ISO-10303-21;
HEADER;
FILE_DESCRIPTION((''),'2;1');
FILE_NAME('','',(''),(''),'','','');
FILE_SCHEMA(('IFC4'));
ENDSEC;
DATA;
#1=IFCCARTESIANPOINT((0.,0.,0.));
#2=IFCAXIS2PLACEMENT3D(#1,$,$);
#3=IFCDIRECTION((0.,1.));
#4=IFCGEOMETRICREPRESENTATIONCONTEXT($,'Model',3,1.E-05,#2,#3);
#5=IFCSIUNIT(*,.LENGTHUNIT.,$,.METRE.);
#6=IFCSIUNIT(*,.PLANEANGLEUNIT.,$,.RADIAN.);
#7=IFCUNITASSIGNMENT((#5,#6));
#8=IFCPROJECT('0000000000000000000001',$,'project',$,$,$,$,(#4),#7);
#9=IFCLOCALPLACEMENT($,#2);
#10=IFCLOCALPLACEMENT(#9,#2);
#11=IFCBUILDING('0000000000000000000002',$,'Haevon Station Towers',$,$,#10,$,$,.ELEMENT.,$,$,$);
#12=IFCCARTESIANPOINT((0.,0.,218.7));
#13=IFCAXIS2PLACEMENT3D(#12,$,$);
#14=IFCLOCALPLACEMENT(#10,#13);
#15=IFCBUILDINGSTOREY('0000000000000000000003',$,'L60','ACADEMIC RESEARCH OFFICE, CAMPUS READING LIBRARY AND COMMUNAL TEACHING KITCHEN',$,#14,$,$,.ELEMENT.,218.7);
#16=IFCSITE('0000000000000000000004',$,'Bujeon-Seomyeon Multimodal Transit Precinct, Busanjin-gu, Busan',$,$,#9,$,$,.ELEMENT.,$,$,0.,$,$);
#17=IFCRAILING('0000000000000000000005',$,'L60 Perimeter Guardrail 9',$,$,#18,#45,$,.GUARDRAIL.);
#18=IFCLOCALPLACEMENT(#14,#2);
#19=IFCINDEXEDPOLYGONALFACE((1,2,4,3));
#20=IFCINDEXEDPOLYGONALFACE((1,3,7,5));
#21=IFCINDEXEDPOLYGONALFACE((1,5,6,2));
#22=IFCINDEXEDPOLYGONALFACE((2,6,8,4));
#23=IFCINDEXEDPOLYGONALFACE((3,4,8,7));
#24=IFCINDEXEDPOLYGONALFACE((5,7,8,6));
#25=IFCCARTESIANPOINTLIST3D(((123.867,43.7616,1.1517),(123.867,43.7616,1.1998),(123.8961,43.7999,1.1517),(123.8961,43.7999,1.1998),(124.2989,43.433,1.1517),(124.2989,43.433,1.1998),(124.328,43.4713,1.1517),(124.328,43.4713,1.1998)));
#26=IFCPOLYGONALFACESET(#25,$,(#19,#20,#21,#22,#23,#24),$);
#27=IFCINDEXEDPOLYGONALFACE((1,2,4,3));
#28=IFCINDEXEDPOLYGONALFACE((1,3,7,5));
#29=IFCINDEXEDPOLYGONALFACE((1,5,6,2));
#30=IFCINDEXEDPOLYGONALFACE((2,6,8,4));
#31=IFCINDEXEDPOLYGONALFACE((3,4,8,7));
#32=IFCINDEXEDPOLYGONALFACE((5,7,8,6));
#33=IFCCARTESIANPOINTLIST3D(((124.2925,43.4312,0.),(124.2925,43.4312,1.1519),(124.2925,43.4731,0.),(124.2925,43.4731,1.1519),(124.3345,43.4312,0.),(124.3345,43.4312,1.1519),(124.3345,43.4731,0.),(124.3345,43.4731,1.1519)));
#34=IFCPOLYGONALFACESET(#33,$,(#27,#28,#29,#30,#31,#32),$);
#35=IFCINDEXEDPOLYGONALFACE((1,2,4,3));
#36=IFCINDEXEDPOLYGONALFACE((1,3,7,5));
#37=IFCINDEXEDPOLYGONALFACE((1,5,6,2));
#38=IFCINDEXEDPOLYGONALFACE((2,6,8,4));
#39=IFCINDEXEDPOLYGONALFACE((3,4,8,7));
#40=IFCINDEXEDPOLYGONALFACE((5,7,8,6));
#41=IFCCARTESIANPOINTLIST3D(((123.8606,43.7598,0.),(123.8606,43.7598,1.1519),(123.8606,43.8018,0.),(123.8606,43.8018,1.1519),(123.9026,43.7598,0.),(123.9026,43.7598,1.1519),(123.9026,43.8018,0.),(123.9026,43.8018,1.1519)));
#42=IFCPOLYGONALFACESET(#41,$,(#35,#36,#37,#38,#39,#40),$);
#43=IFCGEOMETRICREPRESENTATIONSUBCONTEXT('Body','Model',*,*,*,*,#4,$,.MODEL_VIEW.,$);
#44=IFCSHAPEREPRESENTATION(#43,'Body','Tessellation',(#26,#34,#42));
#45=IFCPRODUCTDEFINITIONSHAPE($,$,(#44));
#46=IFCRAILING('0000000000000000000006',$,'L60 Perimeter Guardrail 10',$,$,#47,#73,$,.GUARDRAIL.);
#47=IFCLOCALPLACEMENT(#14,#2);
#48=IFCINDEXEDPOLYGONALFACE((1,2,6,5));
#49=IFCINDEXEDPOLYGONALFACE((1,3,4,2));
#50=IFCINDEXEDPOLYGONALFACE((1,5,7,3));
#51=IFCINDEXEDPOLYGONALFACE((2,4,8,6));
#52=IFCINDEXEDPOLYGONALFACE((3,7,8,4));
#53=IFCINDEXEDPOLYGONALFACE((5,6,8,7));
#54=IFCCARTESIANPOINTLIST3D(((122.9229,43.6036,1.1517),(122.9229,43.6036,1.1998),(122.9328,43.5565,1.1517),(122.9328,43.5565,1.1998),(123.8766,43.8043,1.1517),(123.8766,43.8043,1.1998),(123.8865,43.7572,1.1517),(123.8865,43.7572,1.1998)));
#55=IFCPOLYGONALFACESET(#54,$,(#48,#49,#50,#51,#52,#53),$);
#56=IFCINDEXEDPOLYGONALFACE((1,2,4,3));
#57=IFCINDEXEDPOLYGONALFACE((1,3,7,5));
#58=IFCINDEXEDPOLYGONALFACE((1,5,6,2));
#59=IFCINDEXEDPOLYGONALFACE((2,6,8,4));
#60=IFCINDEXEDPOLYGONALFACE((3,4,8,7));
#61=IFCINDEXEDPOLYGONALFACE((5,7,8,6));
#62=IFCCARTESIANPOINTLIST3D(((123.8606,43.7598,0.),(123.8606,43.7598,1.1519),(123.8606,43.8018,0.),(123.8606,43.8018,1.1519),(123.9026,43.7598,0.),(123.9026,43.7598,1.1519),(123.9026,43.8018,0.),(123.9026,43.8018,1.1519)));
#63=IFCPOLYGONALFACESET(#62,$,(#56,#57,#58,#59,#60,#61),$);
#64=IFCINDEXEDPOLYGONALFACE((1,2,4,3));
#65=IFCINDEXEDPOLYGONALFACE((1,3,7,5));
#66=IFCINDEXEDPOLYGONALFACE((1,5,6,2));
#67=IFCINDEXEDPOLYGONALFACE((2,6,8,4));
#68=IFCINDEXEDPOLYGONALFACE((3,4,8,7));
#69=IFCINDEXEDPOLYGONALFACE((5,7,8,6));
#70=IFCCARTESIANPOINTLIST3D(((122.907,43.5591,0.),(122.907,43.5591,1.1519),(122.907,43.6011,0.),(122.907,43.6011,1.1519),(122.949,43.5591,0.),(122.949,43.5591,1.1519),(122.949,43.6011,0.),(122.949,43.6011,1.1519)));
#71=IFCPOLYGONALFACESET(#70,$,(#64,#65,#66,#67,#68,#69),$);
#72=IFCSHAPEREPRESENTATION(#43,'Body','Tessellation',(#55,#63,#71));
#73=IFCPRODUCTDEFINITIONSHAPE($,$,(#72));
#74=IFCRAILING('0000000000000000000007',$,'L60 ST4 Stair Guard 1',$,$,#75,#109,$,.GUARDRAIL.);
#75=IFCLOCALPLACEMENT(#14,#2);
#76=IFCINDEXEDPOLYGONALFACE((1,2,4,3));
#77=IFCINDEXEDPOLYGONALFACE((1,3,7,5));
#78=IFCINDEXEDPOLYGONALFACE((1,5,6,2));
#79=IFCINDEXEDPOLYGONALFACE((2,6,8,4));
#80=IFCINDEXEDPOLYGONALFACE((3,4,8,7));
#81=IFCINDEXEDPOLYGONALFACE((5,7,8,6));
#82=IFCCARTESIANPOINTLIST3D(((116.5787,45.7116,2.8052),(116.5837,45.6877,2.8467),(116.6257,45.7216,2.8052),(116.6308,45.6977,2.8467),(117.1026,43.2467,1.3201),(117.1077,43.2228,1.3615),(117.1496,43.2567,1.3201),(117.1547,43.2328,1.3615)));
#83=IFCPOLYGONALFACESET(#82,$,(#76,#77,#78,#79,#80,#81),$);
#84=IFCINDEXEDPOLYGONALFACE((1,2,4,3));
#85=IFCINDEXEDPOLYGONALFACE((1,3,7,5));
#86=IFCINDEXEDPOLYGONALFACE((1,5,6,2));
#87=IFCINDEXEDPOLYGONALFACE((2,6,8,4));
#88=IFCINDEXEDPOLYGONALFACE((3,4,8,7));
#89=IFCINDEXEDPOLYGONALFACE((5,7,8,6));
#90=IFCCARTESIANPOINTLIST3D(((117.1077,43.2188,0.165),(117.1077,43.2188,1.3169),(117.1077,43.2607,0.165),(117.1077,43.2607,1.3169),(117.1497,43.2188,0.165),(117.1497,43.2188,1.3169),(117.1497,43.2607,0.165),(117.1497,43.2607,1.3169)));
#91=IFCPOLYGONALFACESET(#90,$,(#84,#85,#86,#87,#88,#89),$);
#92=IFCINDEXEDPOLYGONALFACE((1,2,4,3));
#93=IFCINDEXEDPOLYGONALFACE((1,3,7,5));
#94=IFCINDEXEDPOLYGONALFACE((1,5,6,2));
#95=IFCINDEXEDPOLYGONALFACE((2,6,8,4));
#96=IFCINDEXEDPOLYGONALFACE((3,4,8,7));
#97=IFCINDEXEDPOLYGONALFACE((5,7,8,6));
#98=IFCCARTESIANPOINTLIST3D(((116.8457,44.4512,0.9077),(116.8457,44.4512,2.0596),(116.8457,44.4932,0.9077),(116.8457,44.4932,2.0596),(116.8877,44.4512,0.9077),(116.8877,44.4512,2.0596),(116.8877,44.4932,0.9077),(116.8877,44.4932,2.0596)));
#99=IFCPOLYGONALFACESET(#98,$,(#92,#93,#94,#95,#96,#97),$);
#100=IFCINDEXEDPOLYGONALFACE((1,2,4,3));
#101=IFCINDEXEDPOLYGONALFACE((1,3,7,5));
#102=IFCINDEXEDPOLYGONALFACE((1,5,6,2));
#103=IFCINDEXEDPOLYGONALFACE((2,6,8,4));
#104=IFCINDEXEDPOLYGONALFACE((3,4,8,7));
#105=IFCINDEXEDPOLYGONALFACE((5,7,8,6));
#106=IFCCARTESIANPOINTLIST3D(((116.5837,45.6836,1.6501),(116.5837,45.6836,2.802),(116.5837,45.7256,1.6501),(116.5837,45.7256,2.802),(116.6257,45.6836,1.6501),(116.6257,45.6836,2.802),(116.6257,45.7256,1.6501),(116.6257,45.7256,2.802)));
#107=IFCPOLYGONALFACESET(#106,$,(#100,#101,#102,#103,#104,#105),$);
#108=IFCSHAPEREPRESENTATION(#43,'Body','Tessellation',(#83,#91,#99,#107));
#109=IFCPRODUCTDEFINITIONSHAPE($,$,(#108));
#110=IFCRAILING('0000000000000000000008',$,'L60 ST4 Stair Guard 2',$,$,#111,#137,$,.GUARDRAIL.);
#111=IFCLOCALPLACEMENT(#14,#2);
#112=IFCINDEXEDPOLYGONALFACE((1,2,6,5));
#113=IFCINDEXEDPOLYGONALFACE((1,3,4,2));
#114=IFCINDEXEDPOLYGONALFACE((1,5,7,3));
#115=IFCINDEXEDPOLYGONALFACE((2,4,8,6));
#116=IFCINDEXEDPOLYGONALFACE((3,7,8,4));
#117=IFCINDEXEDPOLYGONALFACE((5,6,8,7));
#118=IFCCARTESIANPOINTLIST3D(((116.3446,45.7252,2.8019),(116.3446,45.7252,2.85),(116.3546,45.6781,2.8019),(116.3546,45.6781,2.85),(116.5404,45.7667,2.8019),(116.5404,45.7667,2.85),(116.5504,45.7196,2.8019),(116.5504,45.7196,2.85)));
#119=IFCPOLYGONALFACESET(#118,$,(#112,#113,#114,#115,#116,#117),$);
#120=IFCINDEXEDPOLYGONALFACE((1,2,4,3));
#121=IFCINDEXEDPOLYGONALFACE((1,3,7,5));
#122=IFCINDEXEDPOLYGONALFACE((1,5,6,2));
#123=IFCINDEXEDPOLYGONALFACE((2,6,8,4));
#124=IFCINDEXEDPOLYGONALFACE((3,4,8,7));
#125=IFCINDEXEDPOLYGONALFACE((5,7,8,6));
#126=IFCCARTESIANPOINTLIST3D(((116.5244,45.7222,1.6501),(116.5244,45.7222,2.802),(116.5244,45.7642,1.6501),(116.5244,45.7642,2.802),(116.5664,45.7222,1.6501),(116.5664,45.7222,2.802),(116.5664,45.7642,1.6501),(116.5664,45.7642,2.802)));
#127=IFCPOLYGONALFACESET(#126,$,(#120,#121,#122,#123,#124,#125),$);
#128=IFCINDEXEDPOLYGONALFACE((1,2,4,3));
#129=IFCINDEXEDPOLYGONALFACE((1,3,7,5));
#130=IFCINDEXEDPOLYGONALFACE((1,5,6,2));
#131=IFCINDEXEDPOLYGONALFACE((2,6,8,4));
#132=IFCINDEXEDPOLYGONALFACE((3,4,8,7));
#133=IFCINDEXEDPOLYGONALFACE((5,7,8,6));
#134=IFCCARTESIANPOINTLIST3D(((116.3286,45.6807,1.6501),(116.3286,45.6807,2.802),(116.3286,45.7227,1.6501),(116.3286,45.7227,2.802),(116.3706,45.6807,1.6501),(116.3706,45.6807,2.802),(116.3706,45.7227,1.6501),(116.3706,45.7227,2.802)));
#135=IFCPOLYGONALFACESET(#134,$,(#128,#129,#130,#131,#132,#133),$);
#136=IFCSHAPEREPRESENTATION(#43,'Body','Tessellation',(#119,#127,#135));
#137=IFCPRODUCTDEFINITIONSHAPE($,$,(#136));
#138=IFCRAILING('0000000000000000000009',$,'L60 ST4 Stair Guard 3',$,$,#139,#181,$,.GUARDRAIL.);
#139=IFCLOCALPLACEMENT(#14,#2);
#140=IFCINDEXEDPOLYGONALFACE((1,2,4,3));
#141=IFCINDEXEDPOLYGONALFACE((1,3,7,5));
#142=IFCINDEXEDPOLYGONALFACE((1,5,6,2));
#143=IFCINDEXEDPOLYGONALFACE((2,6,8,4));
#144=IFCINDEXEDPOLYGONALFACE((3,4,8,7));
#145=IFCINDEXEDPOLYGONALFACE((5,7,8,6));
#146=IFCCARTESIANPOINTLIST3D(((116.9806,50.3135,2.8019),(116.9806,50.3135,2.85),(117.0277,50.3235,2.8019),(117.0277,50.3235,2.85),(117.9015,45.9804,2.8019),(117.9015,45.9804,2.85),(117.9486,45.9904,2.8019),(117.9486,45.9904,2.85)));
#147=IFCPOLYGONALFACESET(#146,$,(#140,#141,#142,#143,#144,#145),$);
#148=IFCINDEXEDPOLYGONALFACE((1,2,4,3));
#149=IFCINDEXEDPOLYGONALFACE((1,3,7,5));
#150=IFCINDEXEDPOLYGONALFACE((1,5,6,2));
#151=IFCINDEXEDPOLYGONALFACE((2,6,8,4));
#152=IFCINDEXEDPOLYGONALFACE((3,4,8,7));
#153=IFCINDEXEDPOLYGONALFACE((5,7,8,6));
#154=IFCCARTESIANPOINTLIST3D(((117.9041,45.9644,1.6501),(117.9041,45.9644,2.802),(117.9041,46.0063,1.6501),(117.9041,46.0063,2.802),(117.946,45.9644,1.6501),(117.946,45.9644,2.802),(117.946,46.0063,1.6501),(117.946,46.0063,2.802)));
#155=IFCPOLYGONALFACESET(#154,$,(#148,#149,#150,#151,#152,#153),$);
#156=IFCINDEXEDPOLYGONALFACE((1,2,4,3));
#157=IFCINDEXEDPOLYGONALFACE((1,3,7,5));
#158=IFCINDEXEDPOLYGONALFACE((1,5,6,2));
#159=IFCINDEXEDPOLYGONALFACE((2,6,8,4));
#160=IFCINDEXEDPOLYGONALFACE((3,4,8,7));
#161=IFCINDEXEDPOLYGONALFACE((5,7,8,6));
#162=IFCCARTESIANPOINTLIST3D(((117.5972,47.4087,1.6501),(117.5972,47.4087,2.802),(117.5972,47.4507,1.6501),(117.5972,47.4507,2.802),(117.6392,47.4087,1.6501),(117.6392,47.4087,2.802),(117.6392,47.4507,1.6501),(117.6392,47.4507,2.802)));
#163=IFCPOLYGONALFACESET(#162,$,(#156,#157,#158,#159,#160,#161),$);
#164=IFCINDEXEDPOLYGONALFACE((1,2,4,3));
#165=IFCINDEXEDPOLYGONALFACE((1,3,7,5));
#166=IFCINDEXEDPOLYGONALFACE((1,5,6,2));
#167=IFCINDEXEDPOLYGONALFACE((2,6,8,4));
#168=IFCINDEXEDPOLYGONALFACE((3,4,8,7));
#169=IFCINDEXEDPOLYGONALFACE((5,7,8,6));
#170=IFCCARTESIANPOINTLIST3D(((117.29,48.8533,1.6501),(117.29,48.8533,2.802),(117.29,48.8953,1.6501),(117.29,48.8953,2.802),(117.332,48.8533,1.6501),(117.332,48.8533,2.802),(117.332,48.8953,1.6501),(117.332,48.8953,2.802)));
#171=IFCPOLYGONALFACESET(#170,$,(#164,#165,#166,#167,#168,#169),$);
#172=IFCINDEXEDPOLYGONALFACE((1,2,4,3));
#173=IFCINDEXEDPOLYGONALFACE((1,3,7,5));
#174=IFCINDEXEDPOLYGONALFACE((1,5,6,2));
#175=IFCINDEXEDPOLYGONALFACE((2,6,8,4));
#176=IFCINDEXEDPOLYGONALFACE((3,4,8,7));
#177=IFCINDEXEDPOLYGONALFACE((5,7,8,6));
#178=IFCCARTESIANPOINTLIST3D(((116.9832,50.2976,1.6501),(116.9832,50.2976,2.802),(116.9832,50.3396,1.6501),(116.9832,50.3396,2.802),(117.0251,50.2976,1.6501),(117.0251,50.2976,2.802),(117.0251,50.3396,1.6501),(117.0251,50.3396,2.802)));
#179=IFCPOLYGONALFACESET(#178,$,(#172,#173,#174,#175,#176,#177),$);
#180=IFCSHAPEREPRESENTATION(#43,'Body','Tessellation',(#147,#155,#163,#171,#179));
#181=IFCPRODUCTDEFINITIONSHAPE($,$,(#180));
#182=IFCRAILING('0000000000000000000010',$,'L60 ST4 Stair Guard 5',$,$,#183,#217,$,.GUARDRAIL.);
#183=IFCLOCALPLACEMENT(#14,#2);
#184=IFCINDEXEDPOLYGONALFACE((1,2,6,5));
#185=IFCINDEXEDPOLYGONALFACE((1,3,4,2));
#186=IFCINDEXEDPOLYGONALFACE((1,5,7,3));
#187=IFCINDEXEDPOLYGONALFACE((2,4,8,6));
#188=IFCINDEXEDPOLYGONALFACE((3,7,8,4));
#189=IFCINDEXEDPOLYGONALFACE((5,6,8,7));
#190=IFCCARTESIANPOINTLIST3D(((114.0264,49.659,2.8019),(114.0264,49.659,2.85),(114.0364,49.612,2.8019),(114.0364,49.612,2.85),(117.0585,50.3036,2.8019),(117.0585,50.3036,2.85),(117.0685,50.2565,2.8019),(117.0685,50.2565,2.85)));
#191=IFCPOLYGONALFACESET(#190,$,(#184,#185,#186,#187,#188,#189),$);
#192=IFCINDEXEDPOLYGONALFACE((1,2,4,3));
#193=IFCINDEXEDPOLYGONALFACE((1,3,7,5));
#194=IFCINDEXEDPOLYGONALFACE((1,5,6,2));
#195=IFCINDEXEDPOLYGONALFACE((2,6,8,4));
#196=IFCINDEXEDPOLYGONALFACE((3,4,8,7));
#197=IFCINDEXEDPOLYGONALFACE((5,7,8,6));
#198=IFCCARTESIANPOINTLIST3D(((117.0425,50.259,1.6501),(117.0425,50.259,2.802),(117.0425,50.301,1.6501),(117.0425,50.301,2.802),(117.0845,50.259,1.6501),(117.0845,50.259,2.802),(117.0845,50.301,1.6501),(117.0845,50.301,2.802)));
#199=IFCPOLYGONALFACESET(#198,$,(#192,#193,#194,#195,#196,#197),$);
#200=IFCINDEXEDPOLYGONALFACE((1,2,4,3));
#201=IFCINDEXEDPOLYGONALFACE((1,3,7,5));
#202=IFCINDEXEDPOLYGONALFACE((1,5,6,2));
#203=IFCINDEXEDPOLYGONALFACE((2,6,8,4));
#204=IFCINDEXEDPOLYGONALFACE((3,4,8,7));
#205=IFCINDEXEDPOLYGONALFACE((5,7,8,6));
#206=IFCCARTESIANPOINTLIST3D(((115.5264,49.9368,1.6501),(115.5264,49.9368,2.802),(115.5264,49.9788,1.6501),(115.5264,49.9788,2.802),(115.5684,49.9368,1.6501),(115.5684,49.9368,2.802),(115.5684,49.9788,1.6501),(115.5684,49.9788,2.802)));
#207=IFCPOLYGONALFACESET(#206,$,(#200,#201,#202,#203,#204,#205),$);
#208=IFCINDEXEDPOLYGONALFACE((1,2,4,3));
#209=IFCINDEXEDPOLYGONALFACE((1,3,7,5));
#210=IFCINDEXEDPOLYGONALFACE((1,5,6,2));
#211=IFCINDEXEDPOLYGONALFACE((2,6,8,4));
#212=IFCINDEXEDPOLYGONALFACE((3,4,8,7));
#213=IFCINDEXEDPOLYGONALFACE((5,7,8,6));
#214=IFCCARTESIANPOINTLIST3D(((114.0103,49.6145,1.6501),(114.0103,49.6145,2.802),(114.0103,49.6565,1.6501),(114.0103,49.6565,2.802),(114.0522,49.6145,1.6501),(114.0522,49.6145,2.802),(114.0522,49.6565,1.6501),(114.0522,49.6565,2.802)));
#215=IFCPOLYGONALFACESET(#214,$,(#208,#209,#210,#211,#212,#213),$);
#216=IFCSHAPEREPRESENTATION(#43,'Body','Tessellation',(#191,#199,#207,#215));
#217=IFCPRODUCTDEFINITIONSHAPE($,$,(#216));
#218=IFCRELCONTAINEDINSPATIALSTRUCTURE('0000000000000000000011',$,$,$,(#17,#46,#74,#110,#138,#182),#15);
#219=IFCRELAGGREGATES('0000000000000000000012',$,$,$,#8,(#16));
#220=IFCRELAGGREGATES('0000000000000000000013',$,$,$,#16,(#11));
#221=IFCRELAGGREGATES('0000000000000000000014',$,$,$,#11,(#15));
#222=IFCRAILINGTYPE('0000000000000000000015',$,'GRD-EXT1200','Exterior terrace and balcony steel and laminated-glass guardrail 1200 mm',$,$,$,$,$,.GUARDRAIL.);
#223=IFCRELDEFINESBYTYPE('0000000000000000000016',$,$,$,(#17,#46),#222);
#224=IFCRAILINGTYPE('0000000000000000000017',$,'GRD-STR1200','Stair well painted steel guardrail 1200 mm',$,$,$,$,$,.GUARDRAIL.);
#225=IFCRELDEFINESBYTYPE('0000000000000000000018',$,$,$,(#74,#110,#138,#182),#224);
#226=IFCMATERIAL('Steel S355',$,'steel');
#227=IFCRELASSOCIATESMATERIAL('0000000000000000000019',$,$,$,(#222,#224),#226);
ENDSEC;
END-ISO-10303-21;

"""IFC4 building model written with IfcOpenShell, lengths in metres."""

from ifc_helpers import new_model, si_unit, direction, frame, origin, origin_2d, place, context, subcontext, project, spatial, rectangle, extrude, material, type_object, element, save


model = new_model("IFC4")

# Units and contexts
model_context = context("Model", 3, precision=1e-05, world=origin(), true_north=direction((0.0, 1.0)))
body_context = subcontext(model_context, "Body", "Model", "MODEL_VIEW")
ifc_project = project(units=[si_unit("LENGTHUNIT", "METRE"), si_unit("PLANEANGLEUNIT", "RADIAN")], contexts=[model_context])

# Site, building, storey
site_placement = place(None, origin())
site = spatial("IfcSite", under=ifc_project, at=site_placement, Name="Bujeon-Seomyeon Multimodal Transit Precinct, Busanjin-gu, Busan", CompositionType="ELEMENT", RefElevation=0.0)
building_placement = place(site_placement, origin())
building = spatial("IfcBuilding", under=site, at=building_placement, Name="Haevon Station Towers", CompositionType="ELEMENT")
storey_placement = place(building_placement, frame((0.0, 0.0, 218.7)))
storey = spatial("IfcBuildingStorey", under=building, at=storey_placement, Name="L60", Description="ACADEMIC RESEARCH OFFICE, CAMPUS READING LIBRARY AND COMMUNAL TEACHING KITCHEN", CompositionType="ELEMENT", Elevation=218.7)

# Shared definitions
ifc_material_1 = material(Name="Steel S355", Category="steel")

# Railings
railing_type_1 = type_object("IfcRailingType", Name="GRD-EXT1200", Description="Exterior terrace and balcony steel and laminated-glass guardrail 1200 mm", PredefinedType="GUARDRAIL", material=ifc_material_1)
railing_1_placement = place(storey_placement, frame((124.3135, 43.4521, 0.0)))
element("IfcRailing", 1, at=railing_1_placement, inside=storey, type_object=railing_type_1, Name="L60 Perimeter Guardrail 9", PredefinedType="GUARDRAIL", context=body_context, shape_type="SweptSolid", body=[
    extrude(rectangle(XDim=0.0481, YDim=0.0481, at=origin_2d()), frame((0.0, 0.0, 1.1758), z_axis=(-0.795824, 0.605528, 0.0), x_axis=(-0.605528, -0.795824, 0.0)), (0.0, 0.0, 1.0), 0.5427),
    extrude(rectangle(XDim=0.042, YDim=0.042, at=origin_2d()), origin(), (0.0, 0.0, 1.0), 1.1519),
    extrude(rectangle(XDim=0.042, YDim=0.042, at=origin_2d()), frame((-0.4319, 0.3286, 0.0)), (0.0, 0.0, 1.0), 1.1519),
])
railing_2_placement = place(storey_placement, frame((123.8816, 43.7808, 0.0)))
element("IfcRailing", 2, at=railing_2_placement, inside=storey, type_object=railing_type_1, Name="L60 Perimeter Guardrail 10", PredefinedType="GUARDRAIL", context=body_context, shape_type="SweptSolid", body=[
    extrude(rectangle(XDim=0.0481, YDim=0.0481, at=origin_2d()), frame((0.0, 0.0, 1.1758), z_axis=(-0.978566, -0.205935, 0.0), x_axis=(0.205935, -0.978566, 0.0)), (0.0, 0.0, 1.0), 0.9746),
    extrude(rectangle(XDim=0.042, YDim=0.042, at=origin_2d()), origin(), (0.0, 0.0, 1.0), 1.1519),
    extrude(rectangle(XDim=0.042, YDim=0.042, at=origin_2d()), frame((-0.9536, -0.2007, 0.0)), (0.0, 0.0, 1.0), 1.1519),
])
railing_type_2 = type_object("IfcRailingType", Name="GRD-STR1200", Description="Stair well painted steel guardrail 1200 mm", PredefinedType="GUARDRAIL", material=ifc_material_1)
railing_3_placement = place(storey_placement, frame((117.1287, 43.2397, 0.165)))
element("IfcRailing", 3, at=railing_3_placement, inside=storey, type_object=railing_type_2, Name="L60 ST4 Stair Guard 1", PredefinedType="GUARDRAIL", context=body_context, shape_type="SweptSolid", body=[
    extrude(rectangle(XDim=0.0481, YDim=0.0481, at=origin_2d()), frame((0.0, 0.0, 1.1758), z_axis=(-0.179121, 0.842688, 0.507733), x_axis=(-0.978147, -0.207914, 0.0)), (0.0, 0.0, 1.0), 2.925),
    extrude(rectangle(XDim=0.042, YDim=0.042, at=origin_2d()), origin(), (0.0, 0.0, 1.0), 1.1519),
    extrude(rectangle(XDim=0.042, YDim=0.042, at=origin_2d()), frame((-0.262, 1.2324, 0.7427)), (0.0, 0.0, 1.0), 1.1519),
    extrude(rectangle(XDim=0.042, YDim=0.042, at=origin_2d()), frame((-0.5239, 2.4648, 1.4851)), (0.0, 0.0, 1.0), 1.1519),
])
railing_4_placement = place(storey_placement, frame((116.5454, 45.7432, 1.6501)))
element("IfcRailing", 4, at=railing_4_placement, inside=storey, type_object=railing_type_2, Name="L60 ST4 Stair Guard 2", PredefinedType="GUARDRAIL", context=body_context, shape_type="SweptSolid", body=[
    extrude(rectangle(XDim=0.0481, YDim=0.0481, at=origin_2d()), frame((0.0, 0.0, 1.1758), z_axis=(-0.978264, -0.207363, 0.0), x_axis=(0.207363, -0.978264, 0.0)), (0.0, 0.0, 1.0), 0.2002),
    extrude(rectangle(XDim=0.042, YDim=0.042, at=origin_2d()), origin(), (0.0, 0.0, 1.0), 1.1519),
    extrude(rectangle(XDim=0.042, YDim=0.042, at=origin_2d()), frame((-0.1958, -0.0415, 0.0)), (0.0, 0.0, 1.0), 1.1519),
])
railing_5_placement = place(storey_placement, frame((117.925, 45.9854, 1.6501)))
element("IfcRailing", 5, at=railing_5_placement, inside=storey, type_object=railing_type_2, Name="L60 ST4 Stair Guard 3", PredefinedType="GUARDRAIL", context=body_context, shape_type="SweptSolid", body=[
    extrude(rectangle(XDim=0.0481, YDim=0.0481, at=origin_2d()), frame((0.0, 0.0, 1.1758), z_axis=(-0.207877, 0.978155, 0.0), x_axis=(-0.978155, -0.207877, 0.0)), (0.0, 0.0, 1.0), 4.4299),
    extrude(rectangle(XDim=0.042, YDim=0.042, at=origin_2d()), origin(), (0.0, 0.0, 1.0), 1.1519),
    extrude(rectangle(XDim=0.042, YDim=0.042, at=origin_2d()), frame((-0.3069, 1.4443, 0.0)), (0.0, 0.0, 1.0), 1.1519),
    extrude(rectangle(XDim=0.042, YDim=0.042, at=origin_2d()), frame((-0.614, 2.8889, 0.0)), (0.0, 0.0, 1.0), 1.1519),
    extrude(rectangle(XDim=0.042, YDim=0.042, at=origin_2d()), frame((-0.9209, 4.3333, 0.0)), (0.0, 0.0, 1.0), 1.1519),
])
railing_6_placement = place(storey_placement, frame((117.0635, 50.28, 1.6501)))
element("IfcRailing", 6, at=railing_6_placement, inside=storey, type_object=railing_type_2, Name="L60 ST4 Stair Guard 5", PredefinedType="GUARDRAIL", context=body_context, shape_type="SweptSolid", body=[
    extrude(rectangle(XDim=0.0481, YDim=0.0481, at=origin_2d()), frame((0.0, 0.0, 1.1758), z_axis=(-0.978147, -0.207915, 0.0), x_axis=(0.207915, -0.978147, 0.0)), (0.0, 0.0, 1.0), 3.0999),
    extrude(rectangle(XDim=0.042, YDim=0.042, at=origin_2d()), origin(), (0.0, 0.0, 1.0), 1.1519),
    extrude(rectangle(XDim=0.042, YDim=0.042, at=origin_2d()), frame((-1.5161, -0.3223, 0.0)), (0.0, 0.0, 1.0), 1.1519),
    extrude(rectangle(XDim=0.042, YDim=0.042, at=origin_2d()), frame((-3.0322, -0.6445, 0.0)), (0.0, 0.0, 1.0), 1.1519),
])

save(model, "model.ifc")
